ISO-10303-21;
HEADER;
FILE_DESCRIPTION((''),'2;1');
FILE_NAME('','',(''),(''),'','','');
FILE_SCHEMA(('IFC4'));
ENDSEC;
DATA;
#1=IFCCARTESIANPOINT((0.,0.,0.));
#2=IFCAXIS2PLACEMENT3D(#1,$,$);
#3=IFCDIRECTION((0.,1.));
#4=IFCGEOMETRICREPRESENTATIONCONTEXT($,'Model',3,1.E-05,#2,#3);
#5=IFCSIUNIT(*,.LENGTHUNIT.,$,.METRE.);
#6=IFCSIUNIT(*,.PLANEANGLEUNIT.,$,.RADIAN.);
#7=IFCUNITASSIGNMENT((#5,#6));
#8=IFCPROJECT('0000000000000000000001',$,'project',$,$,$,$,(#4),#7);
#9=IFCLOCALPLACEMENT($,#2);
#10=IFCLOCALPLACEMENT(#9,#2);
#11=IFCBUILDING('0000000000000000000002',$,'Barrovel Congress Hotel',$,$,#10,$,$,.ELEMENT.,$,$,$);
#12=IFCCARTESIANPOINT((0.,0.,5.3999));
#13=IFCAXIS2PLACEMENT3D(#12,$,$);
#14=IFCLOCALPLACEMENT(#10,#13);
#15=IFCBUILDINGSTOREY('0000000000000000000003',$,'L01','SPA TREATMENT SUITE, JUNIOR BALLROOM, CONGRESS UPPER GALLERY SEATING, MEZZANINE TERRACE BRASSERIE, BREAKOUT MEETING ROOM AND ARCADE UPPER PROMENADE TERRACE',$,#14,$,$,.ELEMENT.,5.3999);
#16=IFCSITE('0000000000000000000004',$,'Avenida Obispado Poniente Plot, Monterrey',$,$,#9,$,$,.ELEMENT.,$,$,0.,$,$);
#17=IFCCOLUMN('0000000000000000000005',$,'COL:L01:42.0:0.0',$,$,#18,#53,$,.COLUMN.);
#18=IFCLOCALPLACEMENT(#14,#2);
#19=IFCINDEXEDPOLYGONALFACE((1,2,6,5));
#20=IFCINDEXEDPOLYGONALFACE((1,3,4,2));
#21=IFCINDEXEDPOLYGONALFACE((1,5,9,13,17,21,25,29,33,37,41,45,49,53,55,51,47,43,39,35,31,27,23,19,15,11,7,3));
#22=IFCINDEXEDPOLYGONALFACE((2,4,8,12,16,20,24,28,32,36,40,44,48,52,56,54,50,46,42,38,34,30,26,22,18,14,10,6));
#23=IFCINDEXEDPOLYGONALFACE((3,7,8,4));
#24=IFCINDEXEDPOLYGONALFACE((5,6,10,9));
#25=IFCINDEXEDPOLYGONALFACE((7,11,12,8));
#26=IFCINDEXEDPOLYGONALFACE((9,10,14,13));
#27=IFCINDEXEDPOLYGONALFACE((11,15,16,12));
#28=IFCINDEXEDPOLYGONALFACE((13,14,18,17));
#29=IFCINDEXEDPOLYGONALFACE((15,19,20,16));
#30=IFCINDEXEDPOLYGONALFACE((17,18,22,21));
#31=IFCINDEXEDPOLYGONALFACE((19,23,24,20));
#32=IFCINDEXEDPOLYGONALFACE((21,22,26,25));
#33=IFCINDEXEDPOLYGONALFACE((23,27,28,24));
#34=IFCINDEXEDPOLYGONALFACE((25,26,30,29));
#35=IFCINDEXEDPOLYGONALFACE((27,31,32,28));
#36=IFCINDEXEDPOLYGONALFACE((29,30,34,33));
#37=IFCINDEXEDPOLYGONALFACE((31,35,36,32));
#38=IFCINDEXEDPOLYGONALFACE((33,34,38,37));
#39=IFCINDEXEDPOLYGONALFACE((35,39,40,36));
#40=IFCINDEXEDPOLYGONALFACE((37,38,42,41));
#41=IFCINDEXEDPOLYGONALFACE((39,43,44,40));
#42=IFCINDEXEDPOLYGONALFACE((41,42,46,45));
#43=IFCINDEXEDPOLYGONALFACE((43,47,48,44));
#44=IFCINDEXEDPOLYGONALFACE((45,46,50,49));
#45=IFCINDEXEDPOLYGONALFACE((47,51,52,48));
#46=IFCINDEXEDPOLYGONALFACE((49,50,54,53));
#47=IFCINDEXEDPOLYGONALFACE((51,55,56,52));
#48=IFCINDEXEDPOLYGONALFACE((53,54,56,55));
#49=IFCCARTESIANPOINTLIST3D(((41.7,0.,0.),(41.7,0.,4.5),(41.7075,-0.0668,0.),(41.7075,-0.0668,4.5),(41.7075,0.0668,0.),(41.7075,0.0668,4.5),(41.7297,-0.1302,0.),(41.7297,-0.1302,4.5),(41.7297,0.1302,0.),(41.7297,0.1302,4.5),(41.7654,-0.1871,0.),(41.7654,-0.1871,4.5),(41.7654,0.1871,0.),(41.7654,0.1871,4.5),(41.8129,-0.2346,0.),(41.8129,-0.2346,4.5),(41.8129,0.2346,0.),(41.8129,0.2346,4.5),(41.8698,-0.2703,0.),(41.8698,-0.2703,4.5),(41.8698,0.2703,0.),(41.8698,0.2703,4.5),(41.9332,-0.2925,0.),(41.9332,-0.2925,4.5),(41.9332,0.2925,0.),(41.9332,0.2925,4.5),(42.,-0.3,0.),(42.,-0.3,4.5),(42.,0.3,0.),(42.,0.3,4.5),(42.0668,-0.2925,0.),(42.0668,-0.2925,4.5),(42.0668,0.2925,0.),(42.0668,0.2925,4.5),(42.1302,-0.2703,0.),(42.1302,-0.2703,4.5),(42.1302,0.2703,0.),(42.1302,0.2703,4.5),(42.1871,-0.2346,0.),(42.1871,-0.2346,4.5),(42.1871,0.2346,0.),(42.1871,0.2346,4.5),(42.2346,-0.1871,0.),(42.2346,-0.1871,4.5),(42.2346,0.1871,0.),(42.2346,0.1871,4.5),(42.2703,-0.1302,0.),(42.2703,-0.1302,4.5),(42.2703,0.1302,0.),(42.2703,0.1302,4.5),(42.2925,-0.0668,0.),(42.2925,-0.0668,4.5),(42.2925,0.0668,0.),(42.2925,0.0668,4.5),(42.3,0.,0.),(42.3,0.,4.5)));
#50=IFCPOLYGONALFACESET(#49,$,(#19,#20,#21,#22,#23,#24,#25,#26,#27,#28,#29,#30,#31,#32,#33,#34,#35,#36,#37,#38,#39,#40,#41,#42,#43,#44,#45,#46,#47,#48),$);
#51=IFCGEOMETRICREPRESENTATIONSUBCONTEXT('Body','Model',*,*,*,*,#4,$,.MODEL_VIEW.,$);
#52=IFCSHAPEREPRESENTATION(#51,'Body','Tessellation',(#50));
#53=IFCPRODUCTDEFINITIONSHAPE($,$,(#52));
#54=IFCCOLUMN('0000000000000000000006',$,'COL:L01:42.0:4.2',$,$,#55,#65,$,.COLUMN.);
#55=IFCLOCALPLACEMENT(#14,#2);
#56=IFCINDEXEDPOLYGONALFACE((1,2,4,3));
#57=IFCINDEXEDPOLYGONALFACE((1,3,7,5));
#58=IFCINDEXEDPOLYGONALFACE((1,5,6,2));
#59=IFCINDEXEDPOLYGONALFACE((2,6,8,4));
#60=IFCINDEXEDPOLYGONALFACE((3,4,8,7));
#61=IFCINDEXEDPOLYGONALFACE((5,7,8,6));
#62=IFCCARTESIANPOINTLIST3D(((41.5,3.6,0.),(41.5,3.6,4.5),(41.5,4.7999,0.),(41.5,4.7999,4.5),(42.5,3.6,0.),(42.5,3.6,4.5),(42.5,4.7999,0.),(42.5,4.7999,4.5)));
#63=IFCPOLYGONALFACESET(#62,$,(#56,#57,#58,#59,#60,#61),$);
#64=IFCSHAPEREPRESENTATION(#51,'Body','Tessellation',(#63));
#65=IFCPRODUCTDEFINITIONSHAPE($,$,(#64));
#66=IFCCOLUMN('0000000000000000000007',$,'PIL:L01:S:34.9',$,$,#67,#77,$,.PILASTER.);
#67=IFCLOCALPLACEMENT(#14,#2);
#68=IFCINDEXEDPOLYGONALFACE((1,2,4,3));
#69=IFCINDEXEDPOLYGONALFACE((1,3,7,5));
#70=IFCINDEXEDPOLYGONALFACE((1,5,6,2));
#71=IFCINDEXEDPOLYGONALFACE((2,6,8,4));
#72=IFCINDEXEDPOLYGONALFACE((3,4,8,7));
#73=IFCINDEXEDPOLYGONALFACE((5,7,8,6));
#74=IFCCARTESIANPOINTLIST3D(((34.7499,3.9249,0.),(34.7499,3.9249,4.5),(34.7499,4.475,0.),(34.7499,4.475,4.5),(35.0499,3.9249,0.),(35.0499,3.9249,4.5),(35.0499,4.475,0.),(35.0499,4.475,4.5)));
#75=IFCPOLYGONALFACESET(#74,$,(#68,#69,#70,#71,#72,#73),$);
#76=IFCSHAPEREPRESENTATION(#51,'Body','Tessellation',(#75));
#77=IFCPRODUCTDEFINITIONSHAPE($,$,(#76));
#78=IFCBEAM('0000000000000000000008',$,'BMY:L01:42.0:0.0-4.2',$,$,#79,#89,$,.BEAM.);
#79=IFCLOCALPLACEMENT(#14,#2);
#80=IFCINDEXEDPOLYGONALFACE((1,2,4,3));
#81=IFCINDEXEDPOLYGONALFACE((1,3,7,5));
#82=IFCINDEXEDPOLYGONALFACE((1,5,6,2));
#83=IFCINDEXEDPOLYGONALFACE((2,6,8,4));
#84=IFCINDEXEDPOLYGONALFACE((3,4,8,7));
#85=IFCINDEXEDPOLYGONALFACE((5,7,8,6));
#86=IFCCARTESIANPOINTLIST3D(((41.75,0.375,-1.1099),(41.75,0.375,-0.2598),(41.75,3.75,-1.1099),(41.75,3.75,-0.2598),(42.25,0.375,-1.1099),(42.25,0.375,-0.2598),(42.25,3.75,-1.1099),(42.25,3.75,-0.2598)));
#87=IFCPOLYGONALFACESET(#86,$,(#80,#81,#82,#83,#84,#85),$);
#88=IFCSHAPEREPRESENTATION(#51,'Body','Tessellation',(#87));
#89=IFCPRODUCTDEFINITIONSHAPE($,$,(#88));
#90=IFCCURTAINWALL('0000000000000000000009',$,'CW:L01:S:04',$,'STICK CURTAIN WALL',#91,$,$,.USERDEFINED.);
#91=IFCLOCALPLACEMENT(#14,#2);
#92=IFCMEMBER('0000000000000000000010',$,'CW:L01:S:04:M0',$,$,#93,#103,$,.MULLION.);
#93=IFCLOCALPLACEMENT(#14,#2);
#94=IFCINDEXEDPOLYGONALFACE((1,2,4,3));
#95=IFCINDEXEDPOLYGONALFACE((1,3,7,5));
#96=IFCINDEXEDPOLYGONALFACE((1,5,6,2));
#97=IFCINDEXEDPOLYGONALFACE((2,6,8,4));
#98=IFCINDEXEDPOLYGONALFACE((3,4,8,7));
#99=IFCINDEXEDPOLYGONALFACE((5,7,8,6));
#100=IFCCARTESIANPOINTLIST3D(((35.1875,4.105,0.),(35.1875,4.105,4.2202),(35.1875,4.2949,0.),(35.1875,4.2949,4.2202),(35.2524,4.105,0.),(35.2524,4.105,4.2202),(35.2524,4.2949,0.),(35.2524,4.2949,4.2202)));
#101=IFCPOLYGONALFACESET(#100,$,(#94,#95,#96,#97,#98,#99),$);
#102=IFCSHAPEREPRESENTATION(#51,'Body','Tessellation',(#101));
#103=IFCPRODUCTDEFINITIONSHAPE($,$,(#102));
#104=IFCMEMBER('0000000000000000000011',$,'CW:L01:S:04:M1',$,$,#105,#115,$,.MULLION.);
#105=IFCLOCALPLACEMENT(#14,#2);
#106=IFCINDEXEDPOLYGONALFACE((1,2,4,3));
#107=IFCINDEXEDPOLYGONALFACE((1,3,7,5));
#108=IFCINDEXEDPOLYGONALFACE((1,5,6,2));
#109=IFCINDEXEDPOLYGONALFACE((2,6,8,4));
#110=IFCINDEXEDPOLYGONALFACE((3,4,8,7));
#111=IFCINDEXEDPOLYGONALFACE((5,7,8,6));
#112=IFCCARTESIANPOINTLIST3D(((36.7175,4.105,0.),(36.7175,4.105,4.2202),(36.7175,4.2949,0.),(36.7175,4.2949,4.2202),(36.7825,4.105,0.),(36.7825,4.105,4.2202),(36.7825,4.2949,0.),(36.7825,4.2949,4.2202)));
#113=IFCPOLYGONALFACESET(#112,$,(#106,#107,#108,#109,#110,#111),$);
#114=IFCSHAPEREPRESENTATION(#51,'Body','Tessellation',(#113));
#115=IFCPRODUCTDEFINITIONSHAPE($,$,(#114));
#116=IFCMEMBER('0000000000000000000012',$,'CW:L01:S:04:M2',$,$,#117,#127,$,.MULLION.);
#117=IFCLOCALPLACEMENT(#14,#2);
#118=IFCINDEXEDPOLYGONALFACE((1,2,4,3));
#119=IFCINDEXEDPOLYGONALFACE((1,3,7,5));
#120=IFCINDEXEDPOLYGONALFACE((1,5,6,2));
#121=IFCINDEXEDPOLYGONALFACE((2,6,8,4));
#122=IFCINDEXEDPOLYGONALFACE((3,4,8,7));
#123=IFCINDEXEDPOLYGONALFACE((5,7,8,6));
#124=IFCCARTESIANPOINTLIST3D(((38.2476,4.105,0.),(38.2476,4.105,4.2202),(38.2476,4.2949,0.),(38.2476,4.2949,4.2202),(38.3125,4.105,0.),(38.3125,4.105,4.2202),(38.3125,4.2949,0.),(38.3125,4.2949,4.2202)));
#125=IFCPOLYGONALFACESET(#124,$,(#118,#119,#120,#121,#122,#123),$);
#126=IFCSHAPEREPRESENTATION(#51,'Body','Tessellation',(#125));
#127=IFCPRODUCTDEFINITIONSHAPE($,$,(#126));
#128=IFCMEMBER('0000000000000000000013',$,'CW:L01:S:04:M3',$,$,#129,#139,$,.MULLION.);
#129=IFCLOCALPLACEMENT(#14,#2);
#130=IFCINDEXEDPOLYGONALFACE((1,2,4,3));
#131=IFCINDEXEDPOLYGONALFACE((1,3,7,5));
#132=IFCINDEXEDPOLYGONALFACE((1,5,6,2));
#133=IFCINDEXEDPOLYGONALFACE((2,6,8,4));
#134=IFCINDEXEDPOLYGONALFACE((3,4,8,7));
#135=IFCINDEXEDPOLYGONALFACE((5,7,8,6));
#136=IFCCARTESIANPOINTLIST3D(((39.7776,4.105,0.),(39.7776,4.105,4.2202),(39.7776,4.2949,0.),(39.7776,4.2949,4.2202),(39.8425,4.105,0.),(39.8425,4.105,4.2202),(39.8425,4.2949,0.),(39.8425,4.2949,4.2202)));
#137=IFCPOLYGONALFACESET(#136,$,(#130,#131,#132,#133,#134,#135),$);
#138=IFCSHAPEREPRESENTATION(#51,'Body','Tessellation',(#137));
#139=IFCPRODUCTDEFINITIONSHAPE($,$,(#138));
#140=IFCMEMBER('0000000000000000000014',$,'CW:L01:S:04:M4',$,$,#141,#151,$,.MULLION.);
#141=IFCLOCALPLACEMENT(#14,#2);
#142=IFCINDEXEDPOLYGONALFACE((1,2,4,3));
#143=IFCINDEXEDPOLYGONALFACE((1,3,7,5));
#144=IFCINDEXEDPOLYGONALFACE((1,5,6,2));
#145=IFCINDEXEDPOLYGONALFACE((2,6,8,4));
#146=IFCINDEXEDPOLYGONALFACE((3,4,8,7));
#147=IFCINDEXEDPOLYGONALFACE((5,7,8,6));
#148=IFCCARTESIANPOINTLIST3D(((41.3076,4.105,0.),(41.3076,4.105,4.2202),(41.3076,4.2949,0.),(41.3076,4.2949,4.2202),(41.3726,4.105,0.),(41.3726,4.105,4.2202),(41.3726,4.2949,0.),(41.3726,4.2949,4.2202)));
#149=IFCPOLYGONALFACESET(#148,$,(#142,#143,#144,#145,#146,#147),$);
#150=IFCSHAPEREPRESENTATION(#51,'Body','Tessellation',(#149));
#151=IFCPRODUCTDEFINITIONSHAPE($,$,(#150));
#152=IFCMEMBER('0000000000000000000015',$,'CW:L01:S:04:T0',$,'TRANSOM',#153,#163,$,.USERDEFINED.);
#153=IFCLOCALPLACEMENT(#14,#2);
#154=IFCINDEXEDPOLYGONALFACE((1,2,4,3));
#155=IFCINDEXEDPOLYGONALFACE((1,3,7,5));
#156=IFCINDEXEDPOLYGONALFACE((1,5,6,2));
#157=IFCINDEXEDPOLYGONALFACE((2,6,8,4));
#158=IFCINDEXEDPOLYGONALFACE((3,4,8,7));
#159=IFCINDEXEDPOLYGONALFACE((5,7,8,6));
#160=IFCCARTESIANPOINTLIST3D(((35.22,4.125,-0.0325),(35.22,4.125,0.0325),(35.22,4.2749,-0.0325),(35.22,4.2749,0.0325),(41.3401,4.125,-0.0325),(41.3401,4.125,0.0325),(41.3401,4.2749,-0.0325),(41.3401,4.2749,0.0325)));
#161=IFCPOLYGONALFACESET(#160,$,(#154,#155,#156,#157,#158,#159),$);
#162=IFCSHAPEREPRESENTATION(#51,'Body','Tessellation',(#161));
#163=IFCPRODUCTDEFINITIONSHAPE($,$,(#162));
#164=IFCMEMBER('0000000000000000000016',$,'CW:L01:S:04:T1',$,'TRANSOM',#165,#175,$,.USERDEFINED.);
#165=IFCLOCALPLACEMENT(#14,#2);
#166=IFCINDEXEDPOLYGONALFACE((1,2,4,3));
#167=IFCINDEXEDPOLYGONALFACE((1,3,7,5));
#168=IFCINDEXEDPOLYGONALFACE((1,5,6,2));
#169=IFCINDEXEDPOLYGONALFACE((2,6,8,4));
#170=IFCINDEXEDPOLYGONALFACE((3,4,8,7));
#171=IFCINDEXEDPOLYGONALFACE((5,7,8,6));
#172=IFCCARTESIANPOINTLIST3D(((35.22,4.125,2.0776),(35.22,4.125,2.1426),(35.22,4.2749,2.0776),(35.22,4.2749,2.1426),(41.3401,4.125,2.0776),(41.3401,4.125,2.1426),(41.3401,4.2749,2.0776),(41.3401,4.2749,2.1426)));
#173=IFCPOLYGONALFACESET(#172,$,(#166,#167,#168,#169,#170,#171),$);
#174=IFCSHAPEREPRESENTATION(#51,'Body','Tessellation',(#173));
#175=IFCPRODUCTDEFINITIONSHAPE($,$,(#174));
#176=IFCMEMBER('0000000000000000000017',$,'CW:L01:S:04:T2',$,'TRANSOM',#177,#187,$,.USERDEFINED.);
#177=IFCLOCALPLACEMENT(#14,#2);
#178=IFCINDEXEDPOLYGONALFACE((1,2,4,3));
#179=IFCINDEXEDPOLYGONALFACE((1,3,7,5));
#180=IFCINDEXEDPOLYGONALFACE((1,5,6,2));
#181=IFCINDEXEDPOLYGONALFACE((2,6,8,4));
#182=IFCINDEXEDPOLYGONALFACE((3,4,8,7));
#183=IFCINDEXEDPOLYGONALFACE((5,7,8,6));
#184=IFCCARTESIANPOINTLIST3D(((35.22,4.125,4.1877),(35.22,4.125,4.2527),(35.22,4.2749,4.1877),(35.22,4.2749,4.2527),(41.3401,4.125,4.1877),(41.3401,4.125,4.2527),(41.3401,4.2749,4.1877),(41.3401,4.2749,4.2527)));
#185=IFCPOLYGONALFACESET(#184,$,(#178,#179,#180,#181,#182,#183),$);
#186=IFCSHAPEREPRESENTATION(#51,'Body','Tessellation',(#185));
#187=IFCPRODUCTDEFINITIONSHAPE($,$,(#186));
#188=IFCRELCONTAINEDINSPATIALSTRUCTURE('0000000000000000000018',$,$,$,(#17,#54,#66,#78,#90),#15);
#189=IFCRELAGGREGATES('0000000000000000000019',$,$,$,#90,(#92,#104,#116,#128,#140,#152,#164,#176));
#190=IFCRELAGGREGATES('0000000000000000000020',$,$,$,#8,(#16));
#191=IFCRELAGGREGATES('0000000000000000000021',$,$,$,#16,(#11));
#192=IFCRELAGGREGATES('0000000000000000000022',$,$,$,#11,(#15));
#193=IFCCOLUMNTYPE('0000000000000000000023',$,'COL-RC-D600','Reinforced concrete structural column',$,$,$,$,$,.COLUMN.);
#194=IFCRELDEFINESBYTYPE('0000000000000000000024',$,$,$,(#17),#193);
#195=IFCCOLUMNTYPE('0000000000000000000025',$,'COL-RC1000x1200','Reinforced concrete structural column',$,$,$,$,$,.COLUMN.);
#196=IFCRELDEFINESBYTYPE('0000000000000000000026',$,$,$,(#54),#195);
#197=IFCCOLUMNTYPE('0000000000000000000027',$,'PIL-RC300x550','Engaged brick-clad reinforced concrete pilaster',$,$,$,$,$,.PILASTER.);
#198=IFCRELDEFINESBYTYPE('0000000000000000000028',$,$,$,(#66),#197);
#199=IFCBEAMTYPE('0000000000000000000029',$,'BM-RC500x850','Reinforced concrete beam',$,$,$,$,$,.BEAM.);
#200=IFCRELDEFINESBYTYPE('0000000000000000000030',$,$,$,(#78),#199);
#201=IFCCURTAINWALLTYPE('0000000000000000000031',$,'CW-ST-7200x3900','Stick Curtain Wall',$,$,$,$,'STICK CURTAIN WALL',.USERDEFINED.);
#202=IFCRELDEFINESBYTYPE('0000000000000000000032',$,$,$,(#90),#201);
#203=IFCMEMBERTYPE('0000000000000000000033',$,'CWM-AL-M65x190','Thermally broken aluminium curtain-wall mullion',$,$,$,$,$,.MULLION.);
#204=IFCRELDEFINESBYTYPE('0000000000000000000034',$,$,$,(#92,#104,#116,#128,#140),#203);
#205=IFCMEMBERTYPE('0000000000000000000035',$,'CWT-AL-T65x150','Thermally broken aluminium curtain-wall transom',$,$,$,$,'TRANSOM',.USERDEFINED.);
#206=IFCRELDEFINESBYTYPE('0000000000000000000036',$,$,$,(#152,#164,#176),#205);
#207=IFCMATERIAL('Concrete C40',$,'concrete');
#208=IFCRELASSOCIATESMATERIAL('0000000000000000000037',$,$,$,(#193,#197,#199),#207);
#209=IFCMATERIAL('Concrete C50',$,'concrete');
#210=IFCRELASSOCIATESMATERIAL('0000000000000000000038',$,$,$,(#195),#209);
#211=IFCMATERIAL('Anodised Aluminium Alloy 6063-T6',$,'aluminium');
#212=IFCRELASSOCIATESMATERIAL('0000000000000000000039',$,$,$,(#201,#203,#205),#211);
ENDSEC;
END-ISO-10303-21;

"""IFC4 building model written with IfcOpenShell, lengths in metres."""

from ifc_helpers import new_model, si_unit, direction, frame, origin, origin_2d, place, context, subcontext, project, spatial, rectangle, circle, extrude, material, material_profile, profile_set, type_object, element, aggregate, save


model = new_model("IFC4")

# Units and contexts
model_context = context("Model", 3, precision=1e-05, world=origin(), true_north=direction((0.0, 1.0)))
body_context = subcontext(model_context, "Body", "Model", "MODEL_VIEW")
ifc_project = project(units=[si_unit("LENGTHUNIT", "METRE"), si_unit("PLANEANGLEUNIT", "RADIAN")], contexts=[model_context])

# Site, building, storey
site_placement = place(None, origin())
site = spatial("IfcSite", under=ifc_project, at=site_placement, Name="Avenida Obispado Poniente Plot, Monterrey", CompositionType="ELEMENT", RefElevation=0.0)
building_placement = place(site_placement, origin())
building = spatial("IfcBuilding", under=site, at=building_placement, Name="Barrovel Congress Hotel", CompositionType="ELEMENT")
storey_placement = place(building_placement, frame((0.0, 0.0, 5.3999)))
storey = spatial("IfcBuildingStorey", under=building, at=storey_placement, Name="L01", Description="SPA TREATMENT SUITE, JUNIOR BALLROOM, CONGRESS UPPER GALLERY SEATING, MEZZANINE TERRACE BRASSERIE, BREAKOUT MEETING ROOM AND ARCADE UPPER PROMENADE TERRACE", CompositionType="ELEMENT", Elevation=5.3999)

# Columns
ifc_material_1 = material(Name="Concrete C40", Category="concrete")
ifc_material_profile_1 = material_profile(ifc_material_1, circle(Radius=0.3, at=origin_2d()), Name="RC-D600")
ifc_profile_set_1 = profile_set([ifc_material_profile_1], Name="Concrete C40")
column_type_1 = type_object("IfcColumnType", Name="COL-RC-D600", Description="Reinforced concrete structural column", PredefinedType="COLUMN", material=ifc_profile_set_1)
column_1_placement = place(storey_placement, frame((42.0, 0.0, 0.0), z_axis=(0.0, 0.0, 1.0), x_axis=(1.0, 0.0, 0.0)))
element("IfcColumn", 1, at=column_1_placement, inside=storey, type_object=column_type_1, Name="COL:L01:42.0:0.0", PredefinedType="COLUMN", context=body_context, shape_type="SweptSolid", body=[
    extrude(circle(Radius=0.3, at=origin_2d()), origin(), (0.0, 0.0, 1.0), 4.5),
])
ifc_material_2 = material(Name="Concrete C50", Category="concrete")
ifc_material_profile_2 = material_profile(ifc_material_2, rectangle(XDim=1.0, YDim=1.2, at=origin_2d()), Name="RC1000x1200")
ifc_profile_set_2 = profile_set([ifc_material_profile_2], Name="Concrete C50")
column_type_2 = type_object("IfcColumnType", Name="COL-RC1000x1200", Description="Reinforced concrete structural column", PredefinedType="COLUMN", material=ifc_profile_set_2)
column_2_placement = place(storey_placement, frame((42.0, 4.2, 0.0), z_axis=(0.0, 0.0, 1.0), x_axis=(1.0, 0.0, 0.0)))
element("IfcColumn", 2, at=column_2_placement, inside=storey, type_object=column_type_2, Name="COL:L01:42.0:4.2", PredefinedType="COLUMN", context=body_context, shape_type="SweptSolid", body=[
    extrude(rectangle(XDim=1.0, YDim=1.2, at=origin_2d()), origin(), (0.0, 0.0, 1.0), 4.5),
])
ifc_material_profile_3 = material_profile(ifc_material_1, rectangle(XDim=0.3, YDim=0.55, at=origin_2d()), Name="RC300x550")
ifc_profile_set_3 = profile_set([ifc_material_profile_3], Name="Concrete C40")
column_type_3 = type_object("IfcColumnType", Name="PIL-RC300x550", Description="Engaged brick-clad reinforced concrete pilaster", PredefinedType="PILASTER", material=ifc_profile_set_3)
column_3_placement = place(storey_placement, frame((34.8999, 4.2, 0.0), z_axis=(0.0, 0.0, 1.0), x_axis=(1.0, 0.0, 0.0)))
element("IfcColumn", 3, at=column_3_placement, inside=storey, type_object=column_type_3, Name="PIL:L01:S:34.9", PredefinedType="PILASTER", context=body_context, shape_type="SweptSolid", body=[
    extrude(rectangle(XDim=0.3, YDim=0.55, at=origin_2d()), origin(), (0.0, 0.0, 1.0), 4.5),
])

# Beam
ifc_material_profile_4 = material_profile(ifc_material_1, rectangle(XDim=0.5, YDim=0.8501, at=origin_2d()), Name="RC500x850")
ifc_profile_set_4 = profile_set([ifc_material_profile_4], Name="Concrete C40")
beam_type_1 = type_object("IfcBeamType", Name="BM-RC500x850", Description="Reinforced concrete beam", PredefinedType="BEAM", material=ifc_profile_set_4)
beam_1_placement = place(storey_placement, frame((42.0, 0.375, -0.6848), z_axis=(0.0, 1.0, 0.0), x_axis=(-1.0, 0.0, 0.0)))
element("IfcBeam", 4, at=beam_1_placement, inside=storey, type_object=beam_type_1, Name="BMY:L01:42.0:0.0-4.2", PredefinedType="BEAM", context=body_context, shape_type="SweptSolid", body=[
    extrude(rectangle(XDim=0.5, YDim=0.8501, at=origin_2d()), origin(), (0.0, 0.0, 1.0), 3.375),
])

# Curtain wall, members
ifc_material_3 = material(Name="Anodised Aluminium Alloy 6063-T6", Category="aluminium")
curtain_wall_type = type_object("IfcCurtainWallType", Name="CW-ST-7200x3900", Description="Stick Curtain Wall", ElementType="STICK CURTAIN WALL", PredefinedType="USERDEFINED", material=ifc_material_3)
curtain_wall_placement = place(storey_placement, origin())
curtain_wall = element("IfcCurtainWall", 5, at=curtain_wall_placement, inside=storey, type_object=curtain_wall_type, Name="CW:L01:S:04", ObjectType="STICK CURTAIN WALL", PredefinedType="USERDEFINED")
ifc_material_profile_5 = material_profile(ifc_material_3, rectangle(XDim=0.0649, YDim=0.1899, at=origin_2d()), Name="AL-M65x190")
ifc_profile_set_5 = profile_set([ifc_material_profile_5], Name="Anodised Aluminium Alloy 6063-T6")
member_type_1 = type_object("IfcMemberType", Name="CWM-AL-M65x190", Description="Thermally broken aluminium curtain-wall mullion", PredefinedType="MULLION", material=ifc_profile_set_5)
member_1_placement = place(storey_placement, frame((35.22, 4.2, 0.0), z_axis=(0.0, 0.0, 1.0), x_axis=(1.0, 0.0, 0.0)))
member_1 = element("IfcMember", 6, at=member_1_placement, type_object=member_type_1, Name="CW:L01:S:04:M0", PredefinedType="MULLION", context=body_context, shape_type="SweptSolid", body=[
    extrude(rectangle(XDim=0.0649, YDim=0.1899, at=origin_2d()), origin(), (0.0, 0.0, 1.0), 4.2202),
])
member_2_placement = place(storey_placement, frame((36.75, 4.2, 0.0), z_axis=(0.0, 0.0, 1.0), x_axis=(1.0, 0.0, 0.0)))
member_2 = element("IfcMember", 7, at=member_2_placement, type_object=member_type_1, Name="CW:L01:S:04:M1", PredefinedType="MULLION", context=body_context, shape_type="SweptSolid", body=[
    extrude(rectangle(XDim=0.0649, YDim=0.1899, at=origin_2d()), origin(), (0.0, 0.0, 1.0), 4.2202),
])
member_3_placement = place(storey_placement, frame((38.28, 4.2, 0.0), z_axis=(0.0, 0.0, 1.0), x_axis=(1.0, 0.0, 0.0)))
member_3 = element("IfcMember", 8, at=member_3_placement, type_object=member_type_1, Name="CW:L01:S:04:M2", PredefinedType="MULLION", context=body_context, shape_type="SweptSolid", body=[
    extrude(rectangle(XDim=0.0649, YDim=0.1899, at=origin_2d()), origin(), (0.0, 0.0, 1.0), 4.2202),
])
member_4_placement = place(storey_placement, frame((39.8101, 4.2, 0.0), z_axis=(0.0, 0.0, 1.0), x_axis=(1.0, 0.0, 0.0)))
member_4 = element("IfcMember", 9, at=member_4_placement, type_object=member_type_1, Name="CW:L01:S:04:M3", PredefinedType="MULLION", context=body_context, shape_type="SweptSolid", body=[
    extrude(rectangle(XDim=0.0649, YDim=0.1899, at=origin_2d()), origin(), (0.0, 0.0, 1.0), 4.2202),
])
member_5_placement = place(storey_placement, frame((41.3401, 4.2, 0.0), z_axis=(0.0, 0.0, 1.0), x_axis=(1.0, 0.0, 0.0)))
member_5 = element("IfcMember", 10, at=member_5_placement, type_object=member_type_1, Name="CW:L01:S:04:M4", PredefinedType="MULLION", context=body_context, shape_type="SweptSolid", body=[
    extrude(rectangle(XDim=0.0649, YDim=0.1899, at=origin_2d()), origin(), (0.0, 0.0, 1.0), 4.2202),
])
ifc_material_profile_6 = material_profile(ifc_material_3, rectangle(XDim=0.1499, YDim=0.0649, at=origin_2d()), Name="AL-T65x150")
ifc_profile_set_6 = profile_set([ifc_material_profile_6], Name="Anodised Aluminium Alloy 6063-T6")
member_type_2 = type_object("IfcMemberType", Name="CWT-AL-T65x150", Description="Thermally broken aluminium curtain-wall transom", ElementType="TRANSOM", PredefinedType="USERDEFINED", material=ifc_profile_set_6)
member_6_placement = place(storey_placement, frame((35.22, 4.2, 0.0), z_axis=(1.0, 0.0, 0.0), x_axis=(0.0, 1.0, 0.0)))
member_6 = element("IfcMember", 11, at=member_6_placement, type_object=member_type_2, Name="CW:L01:S:04:T0", ObjectType="TRANSOM", PredefinedType="USERDEFINED", context=body_context, shape_type="SweptSolid", body=[
    extrude(rectangle(XDim=0.1499, YDim=0.0649, at=origin_2d()), origin(), (0.0, 0.0, 1.0), 6.1201),
])
member_7_placement = place(storey_placement, frame((35.22, 4.2, 2.1101), z_axis=(1.0, 0.0, 0.0), x_axis=(0.0, 1.0, 0.0)))
member_7 = element("IfcMember", 12, at=member_7_placement, type_object=member_type_2, Name="CW:L01:S:04:T1", ObjectType="TRANSOM", PredefinedType="USERDEFINED", context=body_context, shape_type="SweptSolid", body=[
    extrude(rectangle(XDim=0.1499, YDim=0.0649, at=origin_2d()), origin(), (0.0, 0.0, 1.0), 6.1201),
])
member_8_placement = place(storey_placement, frame((35.22, 4.2, 4.2202), z_axis=(1.0, 0.0, 0.0), x_axis=(0.0, 1.0, 0.0)))
member_8 = element("IfcMember", 13, at=member_8_placement, type_object=member_type_2, Name="CW:L01:S:04:T2", ObjectType="TRANSOM", PredefinedType="USERDEFINED", context=body_context, shape_type="SweptSolid", body=[
    extrude(rectangle(XDim=0.1499, YDim=0.0649, at=origin_2d()), origin(), (0.0, 0.0, 1.0), 6.1201),
])

aggregate(curtain_wall, [member_1, member_2, member_3, member_4, member_5, member_6, member_7, member_8])

save(model, "model.ifc")
